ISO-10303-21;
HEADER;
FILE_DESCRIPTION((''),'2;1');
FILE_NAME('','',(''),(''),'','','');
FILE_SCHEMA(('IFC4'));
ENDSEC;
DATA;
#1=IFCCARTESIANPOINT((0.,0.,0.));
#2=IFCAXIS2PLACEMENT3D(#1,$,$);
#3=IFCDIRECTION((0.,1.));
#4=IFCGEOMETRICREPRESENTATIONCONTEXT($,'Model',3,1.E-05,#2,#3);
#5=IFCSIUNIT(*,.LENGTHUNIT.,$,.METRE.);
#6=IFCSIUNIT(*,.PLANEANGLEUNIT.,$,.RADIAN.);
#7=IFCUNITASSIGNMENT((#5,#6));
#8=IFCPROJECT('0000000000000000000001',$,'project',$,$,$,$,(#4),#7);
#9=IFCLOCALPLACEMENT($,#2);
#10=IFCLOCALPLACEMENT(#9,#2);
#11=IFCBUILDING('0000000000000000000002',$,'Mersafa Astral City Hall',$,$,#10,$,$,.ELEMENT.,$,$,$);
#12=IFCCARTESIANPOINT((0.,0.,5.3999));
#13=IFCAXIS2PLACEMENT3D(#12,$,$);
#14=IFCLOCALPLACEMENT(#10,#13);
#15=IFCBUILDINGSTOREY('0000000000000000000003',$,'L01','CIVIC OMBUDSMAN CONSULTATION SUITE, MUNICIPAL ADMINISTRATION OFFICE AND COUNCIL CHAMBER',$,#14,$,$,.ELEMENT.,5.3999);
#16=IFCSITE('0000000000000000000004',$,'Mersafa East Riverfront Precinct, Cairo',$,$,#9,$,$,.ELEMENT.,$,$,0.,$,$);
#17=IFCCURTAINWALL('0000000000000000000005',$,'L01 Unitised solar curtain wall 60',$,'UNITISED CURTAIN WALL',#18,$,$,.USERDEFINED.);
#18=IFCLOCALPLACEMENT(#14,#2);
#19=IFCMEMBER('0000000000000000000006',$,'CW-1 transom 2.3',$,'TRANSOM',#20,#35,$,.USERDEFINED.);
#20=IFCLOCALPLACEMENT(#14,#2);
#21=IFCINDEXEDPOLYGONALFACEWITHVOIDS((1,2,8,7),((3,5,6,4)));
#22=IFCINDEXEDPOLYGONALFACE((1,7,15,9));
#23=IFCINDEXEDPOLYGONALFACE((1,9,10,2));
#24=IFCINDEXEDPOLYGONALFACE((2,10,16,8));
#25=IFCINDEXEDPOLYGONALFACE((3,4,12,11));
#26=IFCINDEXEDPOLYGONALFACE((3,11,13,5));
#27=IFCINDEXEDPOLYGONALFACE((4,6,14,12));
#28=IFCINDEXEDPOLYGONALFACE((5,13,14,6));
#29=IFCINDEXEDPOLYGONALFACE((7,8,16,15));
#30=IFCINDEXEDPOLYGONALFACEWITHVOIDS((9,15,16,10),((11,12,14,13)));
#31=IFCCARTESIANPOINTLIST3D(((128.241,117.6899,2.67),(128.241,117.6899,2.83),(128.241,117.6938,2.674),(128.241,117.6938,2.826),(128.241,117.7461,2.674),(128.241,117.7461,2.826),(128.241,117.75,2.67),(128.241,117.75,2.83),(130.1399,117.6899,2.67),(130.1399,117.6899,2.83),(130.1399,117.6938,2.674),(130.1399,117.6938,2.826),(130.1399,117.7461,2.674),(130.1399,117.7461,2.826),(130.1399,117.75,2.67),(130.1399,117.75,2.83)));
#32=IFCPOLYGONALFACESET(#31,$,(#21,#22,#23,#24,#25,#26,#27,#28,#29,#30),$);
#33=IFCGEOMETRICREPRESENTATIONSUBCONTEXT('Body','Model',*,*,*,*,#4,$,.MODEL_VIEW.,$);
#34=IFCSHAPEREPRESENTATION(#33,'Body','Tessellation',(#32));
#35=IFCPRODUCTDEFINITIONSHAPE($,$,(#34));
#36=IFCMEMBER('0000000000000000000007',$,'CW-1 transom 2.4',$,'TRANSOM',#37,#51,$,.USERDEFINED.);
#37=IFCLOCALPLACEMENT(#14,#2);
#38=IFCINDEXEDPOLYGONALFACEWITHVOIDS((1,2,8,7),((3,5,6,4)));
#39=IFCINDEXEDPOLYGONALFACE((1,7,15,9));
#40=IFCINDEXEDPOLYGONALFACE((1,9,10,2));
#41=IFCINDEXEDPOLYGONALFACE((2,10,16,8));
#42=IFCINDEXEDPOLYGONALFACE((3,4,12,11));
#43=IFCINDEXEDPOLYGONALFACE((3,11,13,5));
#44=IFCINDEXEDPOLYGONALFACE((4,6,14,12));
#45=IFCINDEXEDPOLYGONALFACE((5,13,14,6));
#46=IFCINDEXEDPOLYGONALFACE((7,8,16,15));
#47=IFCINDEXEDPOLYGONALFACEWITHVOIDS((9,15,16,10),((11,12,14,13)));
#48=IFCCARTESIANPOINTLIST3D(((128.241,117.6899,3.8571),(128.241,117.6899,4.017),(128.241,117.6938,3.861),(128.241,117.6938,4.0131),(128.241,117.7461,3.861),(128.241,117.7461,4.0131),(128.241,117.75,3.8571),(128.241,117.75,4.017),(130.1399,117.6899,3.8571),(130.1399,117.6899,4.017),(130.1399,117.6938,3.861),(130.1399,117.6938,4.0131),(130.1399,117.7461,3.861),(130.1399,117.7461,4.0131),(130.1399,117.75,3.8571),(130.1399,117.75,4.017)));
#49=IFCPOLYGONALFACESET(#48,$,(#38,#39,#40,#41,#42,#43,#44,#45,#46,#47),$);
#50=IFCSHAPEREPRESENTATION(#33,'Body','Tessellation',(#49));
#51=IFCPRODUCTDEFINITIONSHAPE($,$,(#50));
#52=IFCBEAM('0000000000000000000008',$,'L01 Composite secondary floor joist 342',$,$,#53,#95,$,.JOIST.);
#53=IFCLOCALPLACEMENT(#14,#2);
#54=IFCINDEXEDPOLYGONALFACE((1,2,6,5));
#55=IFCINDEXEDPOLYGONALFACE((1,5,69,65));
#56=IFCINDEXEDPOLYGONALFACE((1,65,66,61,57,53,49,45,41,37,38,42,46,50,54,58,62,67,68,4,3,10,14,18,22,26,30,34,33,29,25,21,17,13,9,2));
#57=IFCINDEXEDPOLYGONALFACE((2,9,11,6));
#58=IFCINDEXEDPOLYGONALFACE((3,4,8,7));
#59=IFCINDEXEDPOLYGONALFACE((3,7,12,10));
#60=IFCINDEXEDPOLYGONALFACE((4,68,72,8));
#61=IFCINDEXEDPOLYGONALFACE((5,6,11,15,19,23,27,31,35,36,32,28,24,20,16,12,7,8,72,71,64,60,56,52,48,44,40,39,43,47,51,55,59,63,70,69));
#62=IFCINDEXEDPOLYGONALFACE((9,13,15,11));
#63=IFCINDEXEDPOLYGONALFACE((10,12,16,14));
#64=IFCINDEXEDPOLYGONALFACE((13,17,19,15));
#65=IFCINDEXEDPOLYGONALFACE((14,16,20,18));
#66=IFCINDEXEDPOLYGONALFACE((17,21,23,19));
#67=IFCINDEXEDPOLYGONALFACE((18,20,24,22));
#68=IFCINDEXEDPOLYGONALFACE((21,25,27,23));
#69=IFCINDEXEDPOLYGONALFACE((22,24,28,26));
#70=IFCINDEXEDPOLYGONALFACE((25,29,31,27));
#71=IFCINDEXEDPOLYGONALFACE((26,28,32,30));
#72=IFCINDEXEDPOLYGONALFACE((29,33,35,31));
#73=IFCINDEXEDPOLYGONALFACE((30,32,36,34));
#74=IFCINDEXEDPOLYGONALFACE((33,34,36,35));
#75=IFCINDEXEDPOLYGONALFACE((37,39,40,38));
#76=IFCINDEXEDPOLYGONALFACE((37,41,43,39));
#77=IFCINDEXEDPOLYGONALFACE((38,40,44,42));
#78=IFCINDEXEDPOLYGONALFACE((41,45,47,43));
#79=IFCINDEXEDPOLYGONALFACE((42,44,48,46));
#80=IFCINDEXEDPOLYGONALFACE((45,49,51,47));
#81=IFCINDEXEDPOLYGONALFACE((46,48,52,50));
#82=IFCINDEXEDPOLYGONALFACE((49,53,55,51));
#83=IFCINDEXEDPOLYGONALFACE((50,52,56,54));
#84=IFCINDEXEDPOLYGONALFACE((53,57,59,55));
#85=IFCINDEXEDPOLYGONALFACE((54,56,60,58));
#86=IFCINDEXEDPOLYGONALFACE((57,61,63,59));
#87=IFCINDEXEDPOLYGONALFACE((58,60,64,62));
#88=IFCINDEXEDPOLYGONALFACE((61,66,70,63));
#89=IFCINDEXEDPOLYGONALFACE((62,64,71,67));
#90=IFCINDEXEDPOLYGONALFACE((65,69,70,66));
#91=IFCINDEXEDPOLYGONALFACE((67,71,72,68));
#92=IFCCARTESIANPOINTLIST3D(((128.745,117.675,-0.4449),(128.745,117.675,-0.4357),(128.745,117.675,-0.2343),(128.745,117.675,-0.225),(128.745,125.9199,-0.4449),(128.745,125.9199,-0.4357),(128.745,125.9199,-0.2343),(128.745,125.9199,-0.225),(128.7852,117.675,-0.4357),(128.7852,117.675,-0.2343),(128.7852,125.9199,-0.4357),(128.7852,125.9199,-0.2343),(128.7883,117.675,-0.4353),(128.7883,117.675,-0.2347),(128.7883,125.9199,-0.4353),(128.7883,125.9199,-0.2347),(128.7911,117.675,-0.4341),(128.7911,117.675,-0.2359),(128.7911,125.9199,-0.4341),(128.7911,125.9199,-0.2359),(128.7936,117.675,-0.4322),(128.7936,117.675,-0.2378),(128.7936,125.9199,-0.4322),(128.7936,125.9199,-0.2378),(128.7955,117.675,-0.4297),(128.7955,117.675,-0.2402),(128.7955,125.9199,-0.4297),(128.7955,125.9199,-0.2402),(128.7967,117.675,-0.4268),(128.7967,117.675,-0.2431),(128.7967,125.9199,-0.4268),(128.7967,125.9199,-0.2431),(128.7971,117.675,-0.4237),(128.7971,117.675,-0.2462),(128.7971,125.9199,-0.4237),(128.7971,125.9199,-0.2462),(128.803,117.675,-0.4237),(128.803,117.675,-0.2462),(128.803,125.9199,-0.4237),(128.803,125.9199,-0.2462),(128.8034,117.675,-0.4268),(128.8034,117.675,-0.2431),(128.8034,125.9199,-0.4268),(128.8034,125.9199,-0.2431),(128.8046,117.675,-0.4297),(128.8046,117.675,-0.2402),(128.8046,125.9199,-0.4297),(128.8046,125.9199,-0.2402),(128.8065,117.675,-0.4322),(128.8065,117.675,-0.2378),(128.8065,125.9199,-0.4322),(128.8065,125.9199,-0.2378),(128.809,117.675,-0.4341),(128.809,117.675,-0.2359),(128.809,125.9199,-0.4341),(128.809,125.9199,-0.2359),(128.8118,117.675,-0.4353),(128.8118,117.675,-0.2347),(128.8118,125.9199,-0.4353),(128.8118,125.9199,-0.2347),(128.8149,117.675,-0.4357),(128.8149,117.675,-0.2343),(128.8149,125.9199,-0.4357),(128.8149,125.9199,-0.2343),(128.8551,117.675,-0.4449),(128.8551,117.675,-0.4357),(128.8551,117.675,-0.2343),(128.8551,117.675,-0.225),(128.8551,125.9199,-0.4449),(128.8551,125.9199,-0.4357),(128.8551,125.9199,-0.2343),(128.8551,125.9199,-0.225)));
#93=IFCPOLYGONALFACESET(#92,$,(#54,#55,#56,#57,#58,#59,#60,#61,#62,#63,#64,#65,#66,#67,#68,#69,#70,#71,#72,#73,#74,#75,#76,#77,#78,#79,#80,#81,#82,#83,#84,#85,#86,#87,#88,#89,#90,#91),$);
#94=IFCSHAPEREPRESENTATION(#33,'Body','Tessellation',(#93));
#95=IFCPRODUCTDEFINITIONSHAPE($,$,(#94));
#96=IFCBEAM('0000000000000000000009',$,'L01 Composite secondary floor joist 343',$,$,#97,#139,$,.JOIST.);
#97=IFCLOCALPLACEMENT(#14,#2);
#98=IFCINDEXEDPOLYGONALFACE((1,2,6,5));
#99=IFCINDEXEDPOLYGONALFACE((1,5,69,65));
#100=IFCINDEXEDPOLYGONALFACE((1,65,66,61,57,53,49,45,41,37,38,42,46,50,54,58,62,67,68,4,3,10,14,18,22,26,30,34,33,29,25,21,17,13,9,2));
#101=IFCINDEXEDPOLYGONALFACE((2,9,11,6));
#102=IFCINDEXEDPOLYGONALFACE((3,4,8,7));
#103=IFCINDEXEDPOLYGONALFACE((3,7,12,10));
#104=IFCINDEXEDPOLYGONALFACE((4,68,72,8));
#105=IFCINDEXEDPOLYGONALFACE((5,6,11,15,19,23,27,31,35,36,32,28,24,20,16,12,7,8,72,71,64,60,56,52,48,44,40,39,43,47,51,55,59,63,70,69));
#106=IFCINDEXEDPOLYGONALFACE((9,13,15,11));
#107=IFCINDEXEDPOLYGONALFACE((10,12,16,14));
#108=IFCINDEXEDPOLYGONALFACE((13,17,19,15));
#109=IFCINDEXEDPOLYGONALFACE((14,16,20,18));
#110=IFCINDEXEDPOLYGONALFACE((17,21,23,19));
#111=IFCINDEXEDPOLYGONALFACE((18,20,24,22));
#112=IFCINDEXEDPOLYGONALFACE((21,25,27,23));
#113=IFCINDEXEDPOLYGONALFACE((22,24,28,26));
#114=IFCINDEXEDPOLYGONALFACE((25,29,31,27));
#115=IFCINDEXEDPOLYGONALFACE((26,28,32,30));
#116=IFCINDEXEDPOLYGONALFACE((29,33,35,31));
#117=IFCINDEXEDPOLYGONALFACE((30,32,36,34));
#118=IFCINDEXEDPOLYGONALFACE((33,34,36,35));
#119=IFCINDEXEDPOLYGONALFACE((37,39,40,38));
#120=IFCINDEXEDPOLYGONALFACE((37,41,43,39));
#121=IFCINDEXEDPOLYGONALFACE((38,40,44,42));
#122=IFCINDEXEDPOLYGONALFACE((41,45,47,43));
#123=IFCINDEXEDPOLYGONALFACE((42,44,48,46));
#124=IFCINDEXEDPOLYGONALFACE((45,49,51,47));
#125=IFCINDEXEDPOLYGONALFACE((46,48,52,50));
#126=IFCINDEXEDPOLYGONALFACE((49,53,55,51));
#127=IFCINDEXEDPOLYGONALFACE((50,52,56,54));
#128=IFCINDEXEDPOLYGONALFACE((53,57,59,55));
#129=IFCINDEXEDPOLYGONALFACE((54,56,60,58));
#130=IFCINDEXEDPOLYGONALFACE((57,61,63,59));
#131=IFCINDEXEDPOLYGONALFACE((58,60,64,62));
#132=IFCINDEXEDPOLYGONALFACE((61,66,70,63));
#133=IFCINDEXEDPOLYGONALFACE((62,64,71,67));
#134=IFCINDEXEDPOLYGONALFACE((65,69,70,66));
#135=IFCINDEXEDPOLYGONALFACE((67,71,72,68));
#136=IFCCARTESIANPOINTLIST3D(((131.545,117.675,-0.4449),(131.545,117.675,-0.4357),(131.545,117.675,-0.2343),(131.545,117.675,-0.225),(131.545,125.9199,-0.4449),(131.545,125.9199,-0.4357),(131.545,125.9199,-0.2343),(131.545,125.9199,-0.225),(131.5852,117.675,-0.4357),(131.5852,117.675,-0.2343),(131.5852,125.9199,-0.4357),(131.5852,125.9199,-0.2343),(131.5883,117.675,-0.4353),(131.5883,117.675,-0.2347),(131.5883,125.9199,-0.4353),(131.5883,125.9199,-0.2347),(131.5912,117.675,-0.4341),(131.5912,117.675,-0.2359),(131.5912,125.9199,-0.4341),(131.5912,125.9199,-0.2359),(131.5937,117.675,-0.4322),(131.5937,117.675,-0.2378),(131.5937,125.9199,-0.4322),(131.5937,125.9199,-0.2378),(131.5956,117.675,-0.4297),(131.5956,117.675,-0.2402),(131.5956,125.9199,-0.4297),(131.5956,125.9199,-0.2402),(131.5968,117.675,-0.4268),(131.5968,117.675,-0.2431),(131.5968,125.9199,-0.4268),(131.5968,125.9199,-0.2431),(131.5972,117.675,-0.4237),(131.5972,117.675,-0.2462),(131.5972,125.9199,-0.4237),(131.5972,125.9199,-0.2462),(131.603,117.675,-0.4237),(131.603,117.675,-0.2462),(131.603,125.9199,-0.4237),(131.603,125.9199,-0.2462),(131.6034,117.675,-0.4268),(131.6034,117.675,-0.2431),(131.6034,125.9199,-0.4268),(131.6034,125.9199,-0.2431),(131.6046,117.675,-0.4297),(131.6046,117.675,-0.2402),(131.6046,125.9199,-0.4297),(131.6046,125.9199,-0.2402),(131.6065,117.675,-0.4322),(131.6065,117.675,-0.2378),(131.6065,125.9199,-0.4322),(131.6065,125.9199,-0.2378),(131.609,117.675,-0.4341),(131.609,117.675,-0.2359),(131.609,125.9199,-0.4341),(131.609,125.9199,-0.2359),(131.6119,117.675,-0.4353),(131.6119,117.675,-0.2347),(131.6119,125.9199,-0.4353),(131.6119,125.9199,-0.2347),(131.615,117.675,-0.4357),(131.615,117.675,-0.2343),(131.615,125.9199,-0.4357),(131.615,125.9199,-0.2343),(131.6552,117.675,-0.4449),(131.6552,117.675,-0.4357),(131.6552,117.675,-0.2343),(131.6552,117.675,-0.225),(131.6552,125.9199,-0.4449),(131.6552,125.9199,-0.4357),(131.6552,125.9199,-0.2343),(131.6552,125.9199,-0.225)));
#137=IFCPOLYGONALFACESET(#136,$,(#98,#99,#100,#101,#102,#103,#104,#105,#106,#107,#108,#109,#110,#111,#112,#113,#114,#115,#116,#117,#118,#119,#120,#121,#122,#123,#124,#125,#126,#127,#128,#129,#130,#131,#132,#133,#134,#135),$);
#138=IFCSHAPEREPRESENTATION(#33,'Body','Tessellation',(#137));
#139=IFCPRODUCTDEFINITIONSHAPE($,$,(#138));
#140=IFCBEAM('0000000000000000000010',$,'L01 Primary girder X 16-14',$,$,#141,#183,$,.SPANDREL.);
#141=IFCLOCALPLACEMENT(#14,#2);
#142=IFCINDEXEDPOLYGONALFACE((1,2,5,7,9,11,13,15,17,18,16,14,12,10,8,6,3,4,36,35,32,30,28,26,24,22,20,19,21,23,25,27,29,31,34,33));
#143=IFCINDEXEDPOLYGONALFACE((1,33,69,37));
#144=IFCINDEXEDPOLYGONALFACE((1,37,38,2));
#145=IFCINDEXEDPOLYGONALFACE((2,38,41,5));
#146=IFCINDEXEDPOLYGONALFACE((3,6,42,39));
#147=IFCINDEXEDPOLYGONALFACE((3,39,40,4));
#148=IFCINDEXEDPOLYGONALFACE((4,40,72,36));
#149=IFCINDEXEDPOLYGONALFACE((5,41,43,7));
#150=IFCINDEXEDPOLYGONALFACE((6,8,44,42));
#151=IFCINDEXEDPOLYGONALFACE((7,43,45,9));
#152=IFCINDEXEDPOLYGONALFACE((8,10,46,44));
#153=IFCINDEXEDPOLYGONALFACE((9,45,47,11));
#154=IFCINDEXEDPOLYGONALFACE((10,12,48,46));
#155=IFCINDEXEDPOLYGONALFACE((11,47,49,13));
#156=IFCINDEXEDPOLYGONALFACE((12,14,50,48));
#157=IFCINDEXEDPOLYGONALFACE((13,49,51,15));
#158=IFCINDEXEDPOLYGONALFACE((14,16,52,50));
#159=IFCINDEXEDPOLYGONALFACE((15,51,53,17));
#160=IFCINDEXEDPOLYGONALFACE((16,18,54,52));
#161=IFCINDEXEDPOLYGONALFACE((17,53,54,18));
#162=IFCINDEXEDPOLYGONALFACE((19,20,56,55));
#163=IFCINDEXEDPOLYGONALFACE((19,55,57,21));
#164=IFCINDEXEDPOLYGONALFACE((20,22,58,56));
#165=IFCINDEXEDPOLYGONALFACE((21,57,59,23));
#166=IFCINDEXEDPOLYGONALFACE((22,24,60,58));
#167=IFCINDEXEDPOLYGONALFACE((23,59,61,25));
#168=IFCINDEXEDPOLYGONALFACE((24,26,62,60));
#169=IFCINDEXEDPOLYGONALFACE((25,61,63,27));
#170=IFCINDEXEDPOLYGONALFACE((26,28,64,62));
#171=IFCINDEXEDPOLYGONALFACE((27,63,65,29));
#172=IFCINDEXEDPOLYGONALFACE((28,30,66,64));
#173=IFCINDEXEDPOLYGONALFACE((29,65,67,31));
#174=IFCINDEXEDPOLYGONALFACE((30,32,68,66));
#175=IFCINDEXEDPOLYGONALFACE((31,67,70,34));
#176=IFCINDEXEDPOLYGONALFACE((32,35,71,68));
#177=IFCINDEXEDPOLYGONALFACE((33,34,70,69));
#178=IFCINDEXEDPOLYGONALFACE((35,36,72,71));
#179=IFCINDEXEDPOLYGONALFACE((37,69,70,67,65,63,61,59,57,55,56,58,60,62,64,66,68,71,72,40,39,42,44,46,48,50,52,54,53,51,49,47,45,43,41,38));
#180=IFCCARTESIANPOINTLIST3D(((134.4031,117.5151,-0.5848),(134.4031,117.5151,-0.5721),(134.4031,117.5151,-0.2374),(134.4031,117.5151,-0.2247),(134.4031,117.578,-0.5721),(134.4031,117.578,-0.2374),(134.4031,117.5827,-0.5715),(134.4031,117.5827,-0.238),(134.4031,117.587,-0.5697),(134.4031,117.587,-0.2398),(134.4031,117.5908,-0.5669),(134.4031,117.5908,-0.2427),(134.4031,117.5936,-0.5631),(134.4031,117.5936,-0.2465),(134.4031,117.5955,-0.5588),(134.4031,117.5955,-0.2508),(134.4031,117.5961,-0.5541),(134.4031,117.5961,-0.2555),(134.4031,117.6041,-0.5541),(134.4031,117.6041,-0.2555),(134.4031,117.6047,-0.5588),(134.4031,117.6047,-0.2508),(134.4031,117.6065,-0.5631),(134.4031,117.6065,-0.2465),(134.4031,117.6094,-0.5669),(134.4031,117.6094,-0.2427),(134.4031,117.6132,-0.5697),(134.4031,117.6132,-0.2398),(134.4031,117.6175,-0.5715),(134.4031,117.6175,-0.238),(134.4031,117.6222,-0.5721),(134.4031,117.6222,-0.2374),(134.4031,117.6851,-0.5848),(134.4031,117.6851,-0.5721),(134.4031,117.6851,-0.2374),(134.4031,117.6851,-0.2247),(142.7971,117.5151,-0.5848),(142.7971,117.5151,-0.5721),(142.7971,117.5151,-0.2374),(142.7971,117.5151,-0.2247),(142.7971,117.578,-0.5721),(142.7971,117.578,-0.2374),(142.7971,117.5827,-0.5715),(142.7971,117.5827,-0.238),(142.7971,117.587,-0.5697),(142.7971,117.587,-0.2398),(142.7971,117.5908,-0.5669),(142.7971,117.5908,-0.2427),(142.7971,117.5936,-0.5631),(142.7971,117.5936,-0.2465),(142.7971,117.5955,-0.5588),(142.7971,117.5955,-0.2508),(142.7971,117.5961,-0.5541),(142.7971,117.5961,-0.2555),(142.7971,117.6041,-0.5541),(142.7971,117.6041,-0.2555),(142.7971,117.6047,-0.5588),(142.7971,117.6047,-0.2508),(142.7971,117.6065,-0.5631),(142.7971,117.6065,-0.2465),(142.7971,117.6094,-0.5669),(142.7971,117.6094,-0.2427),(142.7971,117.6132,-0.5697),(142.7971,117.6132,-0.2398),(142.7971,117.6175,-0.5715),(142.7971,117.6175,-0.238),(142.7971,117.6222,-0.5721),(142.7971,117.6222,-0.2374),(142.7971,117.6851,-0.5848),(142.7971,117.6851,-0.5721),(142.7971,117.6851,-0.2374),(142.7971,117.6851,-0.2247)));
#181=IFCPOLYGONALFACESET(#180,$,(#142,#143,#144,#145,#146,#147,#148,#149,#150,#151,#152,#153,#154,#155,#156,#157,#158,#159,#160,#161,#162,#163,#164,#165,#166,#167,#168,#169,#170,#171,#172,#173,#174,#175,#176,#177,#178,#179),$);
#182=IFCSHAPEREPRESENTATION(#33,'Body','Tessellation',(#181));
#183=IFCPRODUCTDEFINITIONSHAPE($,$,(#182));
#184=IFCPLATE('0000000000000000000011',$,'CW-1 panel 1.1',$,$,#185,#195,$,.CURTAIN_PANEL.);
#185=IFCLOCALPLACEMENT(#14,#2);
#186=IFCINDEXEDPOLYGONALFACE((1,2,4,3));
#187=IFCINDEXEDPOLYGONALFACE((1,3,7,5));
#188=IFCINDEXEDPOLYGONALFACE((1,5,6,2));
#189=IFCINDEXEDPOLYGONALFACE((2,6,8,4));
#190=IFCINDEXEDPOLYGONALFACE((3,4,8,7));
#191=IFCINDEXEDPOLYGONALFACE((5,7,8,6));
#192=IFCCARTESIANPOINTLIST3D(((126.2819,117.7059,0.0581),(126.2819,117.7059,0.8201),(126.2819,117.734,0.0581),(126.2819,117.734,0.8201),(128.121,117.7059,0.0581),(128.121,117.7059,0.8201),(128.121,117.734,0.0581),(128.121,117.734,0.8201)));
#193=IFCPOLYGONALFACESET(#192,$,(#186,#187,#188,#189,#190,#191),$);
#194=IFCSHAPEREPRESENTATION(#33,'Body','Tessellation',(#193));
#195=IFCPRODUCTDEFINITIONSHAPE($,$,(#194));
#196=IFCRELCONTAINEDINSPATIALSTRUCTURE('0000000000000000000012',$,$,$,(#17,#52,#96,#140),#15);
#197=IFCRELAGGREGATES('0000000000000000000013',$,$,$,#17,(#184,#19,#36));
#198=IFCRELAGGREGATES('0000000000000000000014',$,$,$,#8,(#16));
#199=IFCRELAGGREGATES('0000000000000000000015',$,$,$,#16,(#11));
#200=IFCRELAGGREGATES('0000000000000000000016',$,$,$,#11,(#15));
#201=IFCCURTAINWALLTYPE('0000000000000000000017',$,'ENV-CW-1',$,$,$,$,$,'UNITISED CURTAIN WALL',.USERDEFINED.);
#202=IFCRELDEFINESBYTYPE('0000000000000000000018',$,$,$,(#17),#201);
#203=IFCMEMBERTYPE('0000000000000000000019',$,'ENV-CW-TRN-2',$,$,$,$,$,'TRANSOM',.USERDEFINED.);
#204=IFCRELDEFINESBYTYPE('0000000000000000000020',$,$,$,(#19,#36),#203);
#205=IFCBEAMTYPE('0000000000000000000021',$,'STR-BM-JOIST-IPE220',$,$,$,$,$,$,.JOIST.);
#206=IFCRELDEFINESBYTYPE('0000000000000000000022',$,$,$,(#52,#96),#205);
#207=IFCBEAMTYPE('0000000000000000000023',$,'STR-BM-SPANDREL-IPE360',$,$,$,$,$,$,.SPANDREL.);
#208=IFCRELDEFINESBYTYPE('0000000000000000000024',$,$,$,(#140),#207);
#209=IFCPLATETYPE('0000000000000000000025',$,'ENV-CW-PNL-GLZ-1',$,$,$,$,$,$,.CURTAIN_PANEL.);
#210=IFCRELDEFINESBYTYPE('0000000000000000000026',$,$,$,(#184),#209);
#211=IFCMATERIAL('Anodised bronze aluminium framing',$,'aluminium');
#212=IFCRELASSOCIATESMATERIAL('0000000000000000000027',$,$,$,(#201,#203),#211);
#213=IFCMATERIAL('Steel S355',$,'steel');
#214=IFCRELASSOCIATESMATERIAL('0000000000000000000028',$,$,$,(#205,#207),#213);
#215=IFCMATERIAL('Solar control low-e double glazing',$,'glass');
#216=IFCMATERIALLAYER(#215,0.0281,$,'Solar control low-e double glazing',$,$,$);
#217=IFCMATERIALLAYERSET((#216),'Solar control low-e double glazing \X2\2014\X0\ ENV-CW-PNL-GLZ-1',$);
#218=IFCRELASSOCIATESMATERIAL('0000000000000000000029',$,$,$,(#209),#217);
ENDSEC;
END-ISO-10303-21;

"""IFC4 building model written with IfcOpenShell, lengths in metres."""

from ifc_helpers import new_model, si_unit, direction, frame, origin, origin_2d, place, context, subcontext, project, spatial, rectangle, hollow_rectangle, i_section, extrude, material, layer, layer_set, material_profile, profile_set, type_object, element, aggregate, save


model = new_model("IFC4")

# Units and contexts
model_context = context("Model", 3, precision=1e-05, world=origin(), true_north=direction((0.0, 1.0)))
body_context = subcontext(model_context, "Body", "Model", "MODEL_VIEW")
ifc_project = project(units=[si_unit("LENGTHUNIT", "METRE"), si_unit("PLANEANGLEUNIT", "RADIAN")], contexts=[model_context])

# Site, building, storey
site_placement = place(None, origin())
site = spatial("IfcSite", under=ifc_project, at=site_placement, Name="Mersafa East Riverfront Precinct, Cairo", CompositionType="ELEMENT", RefElevation=0.0)
building_placement = place(site_placement, origin())
building = spatial("IfcBuilding", under=site, at=building_placement, Name="Mersafa Astral City Hall", CompositionType="ELEMENT")
storey_placement = place(building_placement, frame((0.0, 0.0, 5.3999)))
storey = spatial("IfcBuildingStorey", under=building, at=storey_placement, Name="L01", Description="CIVIC OMBUDSMAN CONSULTATION SUITE, MUNICIPAL ADMINISTRATION OFFICE AND COUNCIL CHAMBER", CompositionType="ELEMENT", Elevation=5.3999)

# Shared definitions
ifc_material_1 = material(Name="Steel S355", Category="steel")

# Curtain wall, members
ifc_material_2 = material(Name="Anodised bronze aluminium framing", Category="aluminium")
curtain_wall_type = type_object("IfcCurtainWallType", Name="ENV-CW-1", ElementType="UNITISED CURTAIN WALL", PredefinedType="USERDEFINED", material=ifc_material_2)
curtain_wall_placement = place(storey_placement, origin())
curtain_wall = element("IfcCurtainWall", 1, at=curtain_wall_placement, inside=storey, type_object=curtain_wall_type, Name="L01 Unitised solar curtain wall 60", ObjectType="UNITISED CURTAIN WALL", PredefinedType="USERDEFINED")
ifc_material_profile_1 = material_profile(ifc_material_2, hollow_rectangle(XDim=0.0601, YDim=0.1599, WallThickness=0.0039, at=origin_2d()), Name="RHS 60x160x4")
ifc_profile_set_1 = profile_set([ifc_material_profile_1], Name="Anodised bronze aluminium framing")
member_type_1 = type_object("IfcMemberType", Name="ENV-CW-TRN-2", ElementType="TRANSOM", PredefinedType="USERDEFINED", material=ifc_profile_set_1)
member_1_placement = place(storey_placement, frame((128.241, 117.72, 2.75), z_axis=(1.0, 0.0, 0.0), x_axis=(0.0, 1.0, 0.0)))
member_1 = element("IfcMember", 2, at=member_1_placement, type_object=member_type_1, Name="CW-1 transom 2.3", ObjectType="TRANSOM", PredefinedType="USERDEFINED", context=body_context, shape_type="SweptSolid", body=[
    extrude(hollow_rectangle(XDim=0.0601, YDim=0.1599, WallThickness=0.0039, at=origin_2d()), origin(), (0.0, 0.0, 1.0), 1.8989),
])
member_2_placement = place(storey_placement, frame((128.241, 117.72, 3.937), z_axis=(1.0, 0.0, 0.0), x_axis=(0.0, 1.0, 0.0)))
member_2 = element("IfcMember", 3, at=member_2_placement, type_object=member_type_1, Name="CW-1 transom 2.4", ObjectType="TRANSOM", PredefinedType="USERDEFINED", context=body_context, shape_type="SweptSolid", body=[
    extrude(hollow_rectangle(XDim=0.0601, YDim=0.1599, WallThickness=0.0039, at=origin_2d()), origin(), (0.0, 0.0, 1.0), 1.8989),
])

# Beams
ifc_material_profile_2 = material_profile(ifc_material_1, i_section(OverallWidth=0.1101, OverallDepth=0.22, WebThickness=0.0059, FlangeThickness=0.0093, FilletRadius=0.012, at=origin_2d()), Name="IPE 220")
ifc_profile_set_2 = profile_set([ifc_material_profile_2], Name="Steel S355")
beam_type_1 = type_object("IfcBeamType", Name="STR-BM-JOIST-IPE220", PredefinedType="JOIST", material=ifc_profile_set_2)
for number, where, z_axis, x_axis, name in (
    (4, (128.8, 117.675, -0.335), (0.0, 1.0, 0.0), (-1.0, 0.0, 0.0), "L01 Composite secondary floor joist 342"),
    (5, (131.6001, 117.675, -0.335), (0.0, 1.0, 0.0), (-1.0, 0.0, 0.0), "L01 Composite secondary floor joist 343"),
):
    element("IfcBeam", number, at=place(storey_placement, frame(where, z_axis=z_axis, x_axis=x_axis)), inside=storey, type_object=beam_type_1, Name=name, PredefinedType="JOIST", context=body_context, shape_type="SweptSolid", body=[
        extrude(i_section(OverallWidth=0.1101, OverallDepth=0.22, WebThickness=0.0059, FlangeThickness=0.0093, FilletRadius=0.012, at=origin_2d()), origin(), (0.0, 0.0, 1.0), 8.2449),
    ])
ifc_material_profile_3 = material_profile(ifc_material_1, i_section(OverallWidth=0.1699, OverallDepth=0.3601, WebThickness=0.0081, FlangeThickness=0.0127, FilletRadius=0.0181, at=origin_2d()), Name="IPE 360")
ifc_profile_set_3 = profile_set([ifc_material_profile_3], Name="Steel S355")
beam_type_2 = type_object("IfcBeamType", Name="STR-BM-SPANDREL-IPE360", PredefinedType="SPANDREL", material=ifc_profile_set_3)
beam_placement = place(storey_placement, frame((134.4031, 117.6001, -0.4048), z_axis=(1.0, 0.0, 0.0), x_axis=(0.0, 1.0, 0.0)))
element("IfcBeam", 6, at=beam_placement, inside=storey, type_object=beam_type_2, Name="L01 Primary girder X 16-14", PredefinedType="SPANDREL", context=body_context, shape_type="SweptSolid", body=[
    extrude(i_section(OverallWidth=0.1699, OverallDepth=0.3601, WebThickness=0.0081, FlangeThickness=0.0127, FilletRadius=0.0181, at=origin_2d()), origin(), (0.0, 0.0, 1.0), 8.394),
])

# Plate
ifc_material_3 = material(Name="Solar control low-e double glazing", Category="glass")
ifc_layer = layer(ifc_material_3, 0.0281, Name="Solar control low-e double glazing")
ifc_layer_set = layer_set([ifc_layer], Name="Solar control low-e double glazing — ENV-CW-PNL-GLZ-1")
plate_type = type_object("IfcPlateType", Name="ENV-CW-PNL-GLZ-1", PredefinedType="CURTAIN_PANEL", material=ifc_layer_set)
plate_1_placement = place(storey_placement, frame((127.2014, 117.72, 0.0581), z_axis=(0.0, 0.0, 1.0), x_axis=(1.0, 0.0, 0.0)))
plate_1 = element("IfcPlate", 7, at=plate_1_placement, type_object=plate_type, Name="CW-1 panel 1.1", PredefinedType="CURTAIN_PANEL", context=body_context, shape_type="SweptSolid", body=[
    extrude(rectangle(XDim=1.8391, YDim=0.0281, at=origin_2d()), origin(), (0.0, 0.0, 1.0), 0.762),
])
aggregate(curtain_wall, [plate_1, member_1, member_2])

save(model, "model.ifc")
